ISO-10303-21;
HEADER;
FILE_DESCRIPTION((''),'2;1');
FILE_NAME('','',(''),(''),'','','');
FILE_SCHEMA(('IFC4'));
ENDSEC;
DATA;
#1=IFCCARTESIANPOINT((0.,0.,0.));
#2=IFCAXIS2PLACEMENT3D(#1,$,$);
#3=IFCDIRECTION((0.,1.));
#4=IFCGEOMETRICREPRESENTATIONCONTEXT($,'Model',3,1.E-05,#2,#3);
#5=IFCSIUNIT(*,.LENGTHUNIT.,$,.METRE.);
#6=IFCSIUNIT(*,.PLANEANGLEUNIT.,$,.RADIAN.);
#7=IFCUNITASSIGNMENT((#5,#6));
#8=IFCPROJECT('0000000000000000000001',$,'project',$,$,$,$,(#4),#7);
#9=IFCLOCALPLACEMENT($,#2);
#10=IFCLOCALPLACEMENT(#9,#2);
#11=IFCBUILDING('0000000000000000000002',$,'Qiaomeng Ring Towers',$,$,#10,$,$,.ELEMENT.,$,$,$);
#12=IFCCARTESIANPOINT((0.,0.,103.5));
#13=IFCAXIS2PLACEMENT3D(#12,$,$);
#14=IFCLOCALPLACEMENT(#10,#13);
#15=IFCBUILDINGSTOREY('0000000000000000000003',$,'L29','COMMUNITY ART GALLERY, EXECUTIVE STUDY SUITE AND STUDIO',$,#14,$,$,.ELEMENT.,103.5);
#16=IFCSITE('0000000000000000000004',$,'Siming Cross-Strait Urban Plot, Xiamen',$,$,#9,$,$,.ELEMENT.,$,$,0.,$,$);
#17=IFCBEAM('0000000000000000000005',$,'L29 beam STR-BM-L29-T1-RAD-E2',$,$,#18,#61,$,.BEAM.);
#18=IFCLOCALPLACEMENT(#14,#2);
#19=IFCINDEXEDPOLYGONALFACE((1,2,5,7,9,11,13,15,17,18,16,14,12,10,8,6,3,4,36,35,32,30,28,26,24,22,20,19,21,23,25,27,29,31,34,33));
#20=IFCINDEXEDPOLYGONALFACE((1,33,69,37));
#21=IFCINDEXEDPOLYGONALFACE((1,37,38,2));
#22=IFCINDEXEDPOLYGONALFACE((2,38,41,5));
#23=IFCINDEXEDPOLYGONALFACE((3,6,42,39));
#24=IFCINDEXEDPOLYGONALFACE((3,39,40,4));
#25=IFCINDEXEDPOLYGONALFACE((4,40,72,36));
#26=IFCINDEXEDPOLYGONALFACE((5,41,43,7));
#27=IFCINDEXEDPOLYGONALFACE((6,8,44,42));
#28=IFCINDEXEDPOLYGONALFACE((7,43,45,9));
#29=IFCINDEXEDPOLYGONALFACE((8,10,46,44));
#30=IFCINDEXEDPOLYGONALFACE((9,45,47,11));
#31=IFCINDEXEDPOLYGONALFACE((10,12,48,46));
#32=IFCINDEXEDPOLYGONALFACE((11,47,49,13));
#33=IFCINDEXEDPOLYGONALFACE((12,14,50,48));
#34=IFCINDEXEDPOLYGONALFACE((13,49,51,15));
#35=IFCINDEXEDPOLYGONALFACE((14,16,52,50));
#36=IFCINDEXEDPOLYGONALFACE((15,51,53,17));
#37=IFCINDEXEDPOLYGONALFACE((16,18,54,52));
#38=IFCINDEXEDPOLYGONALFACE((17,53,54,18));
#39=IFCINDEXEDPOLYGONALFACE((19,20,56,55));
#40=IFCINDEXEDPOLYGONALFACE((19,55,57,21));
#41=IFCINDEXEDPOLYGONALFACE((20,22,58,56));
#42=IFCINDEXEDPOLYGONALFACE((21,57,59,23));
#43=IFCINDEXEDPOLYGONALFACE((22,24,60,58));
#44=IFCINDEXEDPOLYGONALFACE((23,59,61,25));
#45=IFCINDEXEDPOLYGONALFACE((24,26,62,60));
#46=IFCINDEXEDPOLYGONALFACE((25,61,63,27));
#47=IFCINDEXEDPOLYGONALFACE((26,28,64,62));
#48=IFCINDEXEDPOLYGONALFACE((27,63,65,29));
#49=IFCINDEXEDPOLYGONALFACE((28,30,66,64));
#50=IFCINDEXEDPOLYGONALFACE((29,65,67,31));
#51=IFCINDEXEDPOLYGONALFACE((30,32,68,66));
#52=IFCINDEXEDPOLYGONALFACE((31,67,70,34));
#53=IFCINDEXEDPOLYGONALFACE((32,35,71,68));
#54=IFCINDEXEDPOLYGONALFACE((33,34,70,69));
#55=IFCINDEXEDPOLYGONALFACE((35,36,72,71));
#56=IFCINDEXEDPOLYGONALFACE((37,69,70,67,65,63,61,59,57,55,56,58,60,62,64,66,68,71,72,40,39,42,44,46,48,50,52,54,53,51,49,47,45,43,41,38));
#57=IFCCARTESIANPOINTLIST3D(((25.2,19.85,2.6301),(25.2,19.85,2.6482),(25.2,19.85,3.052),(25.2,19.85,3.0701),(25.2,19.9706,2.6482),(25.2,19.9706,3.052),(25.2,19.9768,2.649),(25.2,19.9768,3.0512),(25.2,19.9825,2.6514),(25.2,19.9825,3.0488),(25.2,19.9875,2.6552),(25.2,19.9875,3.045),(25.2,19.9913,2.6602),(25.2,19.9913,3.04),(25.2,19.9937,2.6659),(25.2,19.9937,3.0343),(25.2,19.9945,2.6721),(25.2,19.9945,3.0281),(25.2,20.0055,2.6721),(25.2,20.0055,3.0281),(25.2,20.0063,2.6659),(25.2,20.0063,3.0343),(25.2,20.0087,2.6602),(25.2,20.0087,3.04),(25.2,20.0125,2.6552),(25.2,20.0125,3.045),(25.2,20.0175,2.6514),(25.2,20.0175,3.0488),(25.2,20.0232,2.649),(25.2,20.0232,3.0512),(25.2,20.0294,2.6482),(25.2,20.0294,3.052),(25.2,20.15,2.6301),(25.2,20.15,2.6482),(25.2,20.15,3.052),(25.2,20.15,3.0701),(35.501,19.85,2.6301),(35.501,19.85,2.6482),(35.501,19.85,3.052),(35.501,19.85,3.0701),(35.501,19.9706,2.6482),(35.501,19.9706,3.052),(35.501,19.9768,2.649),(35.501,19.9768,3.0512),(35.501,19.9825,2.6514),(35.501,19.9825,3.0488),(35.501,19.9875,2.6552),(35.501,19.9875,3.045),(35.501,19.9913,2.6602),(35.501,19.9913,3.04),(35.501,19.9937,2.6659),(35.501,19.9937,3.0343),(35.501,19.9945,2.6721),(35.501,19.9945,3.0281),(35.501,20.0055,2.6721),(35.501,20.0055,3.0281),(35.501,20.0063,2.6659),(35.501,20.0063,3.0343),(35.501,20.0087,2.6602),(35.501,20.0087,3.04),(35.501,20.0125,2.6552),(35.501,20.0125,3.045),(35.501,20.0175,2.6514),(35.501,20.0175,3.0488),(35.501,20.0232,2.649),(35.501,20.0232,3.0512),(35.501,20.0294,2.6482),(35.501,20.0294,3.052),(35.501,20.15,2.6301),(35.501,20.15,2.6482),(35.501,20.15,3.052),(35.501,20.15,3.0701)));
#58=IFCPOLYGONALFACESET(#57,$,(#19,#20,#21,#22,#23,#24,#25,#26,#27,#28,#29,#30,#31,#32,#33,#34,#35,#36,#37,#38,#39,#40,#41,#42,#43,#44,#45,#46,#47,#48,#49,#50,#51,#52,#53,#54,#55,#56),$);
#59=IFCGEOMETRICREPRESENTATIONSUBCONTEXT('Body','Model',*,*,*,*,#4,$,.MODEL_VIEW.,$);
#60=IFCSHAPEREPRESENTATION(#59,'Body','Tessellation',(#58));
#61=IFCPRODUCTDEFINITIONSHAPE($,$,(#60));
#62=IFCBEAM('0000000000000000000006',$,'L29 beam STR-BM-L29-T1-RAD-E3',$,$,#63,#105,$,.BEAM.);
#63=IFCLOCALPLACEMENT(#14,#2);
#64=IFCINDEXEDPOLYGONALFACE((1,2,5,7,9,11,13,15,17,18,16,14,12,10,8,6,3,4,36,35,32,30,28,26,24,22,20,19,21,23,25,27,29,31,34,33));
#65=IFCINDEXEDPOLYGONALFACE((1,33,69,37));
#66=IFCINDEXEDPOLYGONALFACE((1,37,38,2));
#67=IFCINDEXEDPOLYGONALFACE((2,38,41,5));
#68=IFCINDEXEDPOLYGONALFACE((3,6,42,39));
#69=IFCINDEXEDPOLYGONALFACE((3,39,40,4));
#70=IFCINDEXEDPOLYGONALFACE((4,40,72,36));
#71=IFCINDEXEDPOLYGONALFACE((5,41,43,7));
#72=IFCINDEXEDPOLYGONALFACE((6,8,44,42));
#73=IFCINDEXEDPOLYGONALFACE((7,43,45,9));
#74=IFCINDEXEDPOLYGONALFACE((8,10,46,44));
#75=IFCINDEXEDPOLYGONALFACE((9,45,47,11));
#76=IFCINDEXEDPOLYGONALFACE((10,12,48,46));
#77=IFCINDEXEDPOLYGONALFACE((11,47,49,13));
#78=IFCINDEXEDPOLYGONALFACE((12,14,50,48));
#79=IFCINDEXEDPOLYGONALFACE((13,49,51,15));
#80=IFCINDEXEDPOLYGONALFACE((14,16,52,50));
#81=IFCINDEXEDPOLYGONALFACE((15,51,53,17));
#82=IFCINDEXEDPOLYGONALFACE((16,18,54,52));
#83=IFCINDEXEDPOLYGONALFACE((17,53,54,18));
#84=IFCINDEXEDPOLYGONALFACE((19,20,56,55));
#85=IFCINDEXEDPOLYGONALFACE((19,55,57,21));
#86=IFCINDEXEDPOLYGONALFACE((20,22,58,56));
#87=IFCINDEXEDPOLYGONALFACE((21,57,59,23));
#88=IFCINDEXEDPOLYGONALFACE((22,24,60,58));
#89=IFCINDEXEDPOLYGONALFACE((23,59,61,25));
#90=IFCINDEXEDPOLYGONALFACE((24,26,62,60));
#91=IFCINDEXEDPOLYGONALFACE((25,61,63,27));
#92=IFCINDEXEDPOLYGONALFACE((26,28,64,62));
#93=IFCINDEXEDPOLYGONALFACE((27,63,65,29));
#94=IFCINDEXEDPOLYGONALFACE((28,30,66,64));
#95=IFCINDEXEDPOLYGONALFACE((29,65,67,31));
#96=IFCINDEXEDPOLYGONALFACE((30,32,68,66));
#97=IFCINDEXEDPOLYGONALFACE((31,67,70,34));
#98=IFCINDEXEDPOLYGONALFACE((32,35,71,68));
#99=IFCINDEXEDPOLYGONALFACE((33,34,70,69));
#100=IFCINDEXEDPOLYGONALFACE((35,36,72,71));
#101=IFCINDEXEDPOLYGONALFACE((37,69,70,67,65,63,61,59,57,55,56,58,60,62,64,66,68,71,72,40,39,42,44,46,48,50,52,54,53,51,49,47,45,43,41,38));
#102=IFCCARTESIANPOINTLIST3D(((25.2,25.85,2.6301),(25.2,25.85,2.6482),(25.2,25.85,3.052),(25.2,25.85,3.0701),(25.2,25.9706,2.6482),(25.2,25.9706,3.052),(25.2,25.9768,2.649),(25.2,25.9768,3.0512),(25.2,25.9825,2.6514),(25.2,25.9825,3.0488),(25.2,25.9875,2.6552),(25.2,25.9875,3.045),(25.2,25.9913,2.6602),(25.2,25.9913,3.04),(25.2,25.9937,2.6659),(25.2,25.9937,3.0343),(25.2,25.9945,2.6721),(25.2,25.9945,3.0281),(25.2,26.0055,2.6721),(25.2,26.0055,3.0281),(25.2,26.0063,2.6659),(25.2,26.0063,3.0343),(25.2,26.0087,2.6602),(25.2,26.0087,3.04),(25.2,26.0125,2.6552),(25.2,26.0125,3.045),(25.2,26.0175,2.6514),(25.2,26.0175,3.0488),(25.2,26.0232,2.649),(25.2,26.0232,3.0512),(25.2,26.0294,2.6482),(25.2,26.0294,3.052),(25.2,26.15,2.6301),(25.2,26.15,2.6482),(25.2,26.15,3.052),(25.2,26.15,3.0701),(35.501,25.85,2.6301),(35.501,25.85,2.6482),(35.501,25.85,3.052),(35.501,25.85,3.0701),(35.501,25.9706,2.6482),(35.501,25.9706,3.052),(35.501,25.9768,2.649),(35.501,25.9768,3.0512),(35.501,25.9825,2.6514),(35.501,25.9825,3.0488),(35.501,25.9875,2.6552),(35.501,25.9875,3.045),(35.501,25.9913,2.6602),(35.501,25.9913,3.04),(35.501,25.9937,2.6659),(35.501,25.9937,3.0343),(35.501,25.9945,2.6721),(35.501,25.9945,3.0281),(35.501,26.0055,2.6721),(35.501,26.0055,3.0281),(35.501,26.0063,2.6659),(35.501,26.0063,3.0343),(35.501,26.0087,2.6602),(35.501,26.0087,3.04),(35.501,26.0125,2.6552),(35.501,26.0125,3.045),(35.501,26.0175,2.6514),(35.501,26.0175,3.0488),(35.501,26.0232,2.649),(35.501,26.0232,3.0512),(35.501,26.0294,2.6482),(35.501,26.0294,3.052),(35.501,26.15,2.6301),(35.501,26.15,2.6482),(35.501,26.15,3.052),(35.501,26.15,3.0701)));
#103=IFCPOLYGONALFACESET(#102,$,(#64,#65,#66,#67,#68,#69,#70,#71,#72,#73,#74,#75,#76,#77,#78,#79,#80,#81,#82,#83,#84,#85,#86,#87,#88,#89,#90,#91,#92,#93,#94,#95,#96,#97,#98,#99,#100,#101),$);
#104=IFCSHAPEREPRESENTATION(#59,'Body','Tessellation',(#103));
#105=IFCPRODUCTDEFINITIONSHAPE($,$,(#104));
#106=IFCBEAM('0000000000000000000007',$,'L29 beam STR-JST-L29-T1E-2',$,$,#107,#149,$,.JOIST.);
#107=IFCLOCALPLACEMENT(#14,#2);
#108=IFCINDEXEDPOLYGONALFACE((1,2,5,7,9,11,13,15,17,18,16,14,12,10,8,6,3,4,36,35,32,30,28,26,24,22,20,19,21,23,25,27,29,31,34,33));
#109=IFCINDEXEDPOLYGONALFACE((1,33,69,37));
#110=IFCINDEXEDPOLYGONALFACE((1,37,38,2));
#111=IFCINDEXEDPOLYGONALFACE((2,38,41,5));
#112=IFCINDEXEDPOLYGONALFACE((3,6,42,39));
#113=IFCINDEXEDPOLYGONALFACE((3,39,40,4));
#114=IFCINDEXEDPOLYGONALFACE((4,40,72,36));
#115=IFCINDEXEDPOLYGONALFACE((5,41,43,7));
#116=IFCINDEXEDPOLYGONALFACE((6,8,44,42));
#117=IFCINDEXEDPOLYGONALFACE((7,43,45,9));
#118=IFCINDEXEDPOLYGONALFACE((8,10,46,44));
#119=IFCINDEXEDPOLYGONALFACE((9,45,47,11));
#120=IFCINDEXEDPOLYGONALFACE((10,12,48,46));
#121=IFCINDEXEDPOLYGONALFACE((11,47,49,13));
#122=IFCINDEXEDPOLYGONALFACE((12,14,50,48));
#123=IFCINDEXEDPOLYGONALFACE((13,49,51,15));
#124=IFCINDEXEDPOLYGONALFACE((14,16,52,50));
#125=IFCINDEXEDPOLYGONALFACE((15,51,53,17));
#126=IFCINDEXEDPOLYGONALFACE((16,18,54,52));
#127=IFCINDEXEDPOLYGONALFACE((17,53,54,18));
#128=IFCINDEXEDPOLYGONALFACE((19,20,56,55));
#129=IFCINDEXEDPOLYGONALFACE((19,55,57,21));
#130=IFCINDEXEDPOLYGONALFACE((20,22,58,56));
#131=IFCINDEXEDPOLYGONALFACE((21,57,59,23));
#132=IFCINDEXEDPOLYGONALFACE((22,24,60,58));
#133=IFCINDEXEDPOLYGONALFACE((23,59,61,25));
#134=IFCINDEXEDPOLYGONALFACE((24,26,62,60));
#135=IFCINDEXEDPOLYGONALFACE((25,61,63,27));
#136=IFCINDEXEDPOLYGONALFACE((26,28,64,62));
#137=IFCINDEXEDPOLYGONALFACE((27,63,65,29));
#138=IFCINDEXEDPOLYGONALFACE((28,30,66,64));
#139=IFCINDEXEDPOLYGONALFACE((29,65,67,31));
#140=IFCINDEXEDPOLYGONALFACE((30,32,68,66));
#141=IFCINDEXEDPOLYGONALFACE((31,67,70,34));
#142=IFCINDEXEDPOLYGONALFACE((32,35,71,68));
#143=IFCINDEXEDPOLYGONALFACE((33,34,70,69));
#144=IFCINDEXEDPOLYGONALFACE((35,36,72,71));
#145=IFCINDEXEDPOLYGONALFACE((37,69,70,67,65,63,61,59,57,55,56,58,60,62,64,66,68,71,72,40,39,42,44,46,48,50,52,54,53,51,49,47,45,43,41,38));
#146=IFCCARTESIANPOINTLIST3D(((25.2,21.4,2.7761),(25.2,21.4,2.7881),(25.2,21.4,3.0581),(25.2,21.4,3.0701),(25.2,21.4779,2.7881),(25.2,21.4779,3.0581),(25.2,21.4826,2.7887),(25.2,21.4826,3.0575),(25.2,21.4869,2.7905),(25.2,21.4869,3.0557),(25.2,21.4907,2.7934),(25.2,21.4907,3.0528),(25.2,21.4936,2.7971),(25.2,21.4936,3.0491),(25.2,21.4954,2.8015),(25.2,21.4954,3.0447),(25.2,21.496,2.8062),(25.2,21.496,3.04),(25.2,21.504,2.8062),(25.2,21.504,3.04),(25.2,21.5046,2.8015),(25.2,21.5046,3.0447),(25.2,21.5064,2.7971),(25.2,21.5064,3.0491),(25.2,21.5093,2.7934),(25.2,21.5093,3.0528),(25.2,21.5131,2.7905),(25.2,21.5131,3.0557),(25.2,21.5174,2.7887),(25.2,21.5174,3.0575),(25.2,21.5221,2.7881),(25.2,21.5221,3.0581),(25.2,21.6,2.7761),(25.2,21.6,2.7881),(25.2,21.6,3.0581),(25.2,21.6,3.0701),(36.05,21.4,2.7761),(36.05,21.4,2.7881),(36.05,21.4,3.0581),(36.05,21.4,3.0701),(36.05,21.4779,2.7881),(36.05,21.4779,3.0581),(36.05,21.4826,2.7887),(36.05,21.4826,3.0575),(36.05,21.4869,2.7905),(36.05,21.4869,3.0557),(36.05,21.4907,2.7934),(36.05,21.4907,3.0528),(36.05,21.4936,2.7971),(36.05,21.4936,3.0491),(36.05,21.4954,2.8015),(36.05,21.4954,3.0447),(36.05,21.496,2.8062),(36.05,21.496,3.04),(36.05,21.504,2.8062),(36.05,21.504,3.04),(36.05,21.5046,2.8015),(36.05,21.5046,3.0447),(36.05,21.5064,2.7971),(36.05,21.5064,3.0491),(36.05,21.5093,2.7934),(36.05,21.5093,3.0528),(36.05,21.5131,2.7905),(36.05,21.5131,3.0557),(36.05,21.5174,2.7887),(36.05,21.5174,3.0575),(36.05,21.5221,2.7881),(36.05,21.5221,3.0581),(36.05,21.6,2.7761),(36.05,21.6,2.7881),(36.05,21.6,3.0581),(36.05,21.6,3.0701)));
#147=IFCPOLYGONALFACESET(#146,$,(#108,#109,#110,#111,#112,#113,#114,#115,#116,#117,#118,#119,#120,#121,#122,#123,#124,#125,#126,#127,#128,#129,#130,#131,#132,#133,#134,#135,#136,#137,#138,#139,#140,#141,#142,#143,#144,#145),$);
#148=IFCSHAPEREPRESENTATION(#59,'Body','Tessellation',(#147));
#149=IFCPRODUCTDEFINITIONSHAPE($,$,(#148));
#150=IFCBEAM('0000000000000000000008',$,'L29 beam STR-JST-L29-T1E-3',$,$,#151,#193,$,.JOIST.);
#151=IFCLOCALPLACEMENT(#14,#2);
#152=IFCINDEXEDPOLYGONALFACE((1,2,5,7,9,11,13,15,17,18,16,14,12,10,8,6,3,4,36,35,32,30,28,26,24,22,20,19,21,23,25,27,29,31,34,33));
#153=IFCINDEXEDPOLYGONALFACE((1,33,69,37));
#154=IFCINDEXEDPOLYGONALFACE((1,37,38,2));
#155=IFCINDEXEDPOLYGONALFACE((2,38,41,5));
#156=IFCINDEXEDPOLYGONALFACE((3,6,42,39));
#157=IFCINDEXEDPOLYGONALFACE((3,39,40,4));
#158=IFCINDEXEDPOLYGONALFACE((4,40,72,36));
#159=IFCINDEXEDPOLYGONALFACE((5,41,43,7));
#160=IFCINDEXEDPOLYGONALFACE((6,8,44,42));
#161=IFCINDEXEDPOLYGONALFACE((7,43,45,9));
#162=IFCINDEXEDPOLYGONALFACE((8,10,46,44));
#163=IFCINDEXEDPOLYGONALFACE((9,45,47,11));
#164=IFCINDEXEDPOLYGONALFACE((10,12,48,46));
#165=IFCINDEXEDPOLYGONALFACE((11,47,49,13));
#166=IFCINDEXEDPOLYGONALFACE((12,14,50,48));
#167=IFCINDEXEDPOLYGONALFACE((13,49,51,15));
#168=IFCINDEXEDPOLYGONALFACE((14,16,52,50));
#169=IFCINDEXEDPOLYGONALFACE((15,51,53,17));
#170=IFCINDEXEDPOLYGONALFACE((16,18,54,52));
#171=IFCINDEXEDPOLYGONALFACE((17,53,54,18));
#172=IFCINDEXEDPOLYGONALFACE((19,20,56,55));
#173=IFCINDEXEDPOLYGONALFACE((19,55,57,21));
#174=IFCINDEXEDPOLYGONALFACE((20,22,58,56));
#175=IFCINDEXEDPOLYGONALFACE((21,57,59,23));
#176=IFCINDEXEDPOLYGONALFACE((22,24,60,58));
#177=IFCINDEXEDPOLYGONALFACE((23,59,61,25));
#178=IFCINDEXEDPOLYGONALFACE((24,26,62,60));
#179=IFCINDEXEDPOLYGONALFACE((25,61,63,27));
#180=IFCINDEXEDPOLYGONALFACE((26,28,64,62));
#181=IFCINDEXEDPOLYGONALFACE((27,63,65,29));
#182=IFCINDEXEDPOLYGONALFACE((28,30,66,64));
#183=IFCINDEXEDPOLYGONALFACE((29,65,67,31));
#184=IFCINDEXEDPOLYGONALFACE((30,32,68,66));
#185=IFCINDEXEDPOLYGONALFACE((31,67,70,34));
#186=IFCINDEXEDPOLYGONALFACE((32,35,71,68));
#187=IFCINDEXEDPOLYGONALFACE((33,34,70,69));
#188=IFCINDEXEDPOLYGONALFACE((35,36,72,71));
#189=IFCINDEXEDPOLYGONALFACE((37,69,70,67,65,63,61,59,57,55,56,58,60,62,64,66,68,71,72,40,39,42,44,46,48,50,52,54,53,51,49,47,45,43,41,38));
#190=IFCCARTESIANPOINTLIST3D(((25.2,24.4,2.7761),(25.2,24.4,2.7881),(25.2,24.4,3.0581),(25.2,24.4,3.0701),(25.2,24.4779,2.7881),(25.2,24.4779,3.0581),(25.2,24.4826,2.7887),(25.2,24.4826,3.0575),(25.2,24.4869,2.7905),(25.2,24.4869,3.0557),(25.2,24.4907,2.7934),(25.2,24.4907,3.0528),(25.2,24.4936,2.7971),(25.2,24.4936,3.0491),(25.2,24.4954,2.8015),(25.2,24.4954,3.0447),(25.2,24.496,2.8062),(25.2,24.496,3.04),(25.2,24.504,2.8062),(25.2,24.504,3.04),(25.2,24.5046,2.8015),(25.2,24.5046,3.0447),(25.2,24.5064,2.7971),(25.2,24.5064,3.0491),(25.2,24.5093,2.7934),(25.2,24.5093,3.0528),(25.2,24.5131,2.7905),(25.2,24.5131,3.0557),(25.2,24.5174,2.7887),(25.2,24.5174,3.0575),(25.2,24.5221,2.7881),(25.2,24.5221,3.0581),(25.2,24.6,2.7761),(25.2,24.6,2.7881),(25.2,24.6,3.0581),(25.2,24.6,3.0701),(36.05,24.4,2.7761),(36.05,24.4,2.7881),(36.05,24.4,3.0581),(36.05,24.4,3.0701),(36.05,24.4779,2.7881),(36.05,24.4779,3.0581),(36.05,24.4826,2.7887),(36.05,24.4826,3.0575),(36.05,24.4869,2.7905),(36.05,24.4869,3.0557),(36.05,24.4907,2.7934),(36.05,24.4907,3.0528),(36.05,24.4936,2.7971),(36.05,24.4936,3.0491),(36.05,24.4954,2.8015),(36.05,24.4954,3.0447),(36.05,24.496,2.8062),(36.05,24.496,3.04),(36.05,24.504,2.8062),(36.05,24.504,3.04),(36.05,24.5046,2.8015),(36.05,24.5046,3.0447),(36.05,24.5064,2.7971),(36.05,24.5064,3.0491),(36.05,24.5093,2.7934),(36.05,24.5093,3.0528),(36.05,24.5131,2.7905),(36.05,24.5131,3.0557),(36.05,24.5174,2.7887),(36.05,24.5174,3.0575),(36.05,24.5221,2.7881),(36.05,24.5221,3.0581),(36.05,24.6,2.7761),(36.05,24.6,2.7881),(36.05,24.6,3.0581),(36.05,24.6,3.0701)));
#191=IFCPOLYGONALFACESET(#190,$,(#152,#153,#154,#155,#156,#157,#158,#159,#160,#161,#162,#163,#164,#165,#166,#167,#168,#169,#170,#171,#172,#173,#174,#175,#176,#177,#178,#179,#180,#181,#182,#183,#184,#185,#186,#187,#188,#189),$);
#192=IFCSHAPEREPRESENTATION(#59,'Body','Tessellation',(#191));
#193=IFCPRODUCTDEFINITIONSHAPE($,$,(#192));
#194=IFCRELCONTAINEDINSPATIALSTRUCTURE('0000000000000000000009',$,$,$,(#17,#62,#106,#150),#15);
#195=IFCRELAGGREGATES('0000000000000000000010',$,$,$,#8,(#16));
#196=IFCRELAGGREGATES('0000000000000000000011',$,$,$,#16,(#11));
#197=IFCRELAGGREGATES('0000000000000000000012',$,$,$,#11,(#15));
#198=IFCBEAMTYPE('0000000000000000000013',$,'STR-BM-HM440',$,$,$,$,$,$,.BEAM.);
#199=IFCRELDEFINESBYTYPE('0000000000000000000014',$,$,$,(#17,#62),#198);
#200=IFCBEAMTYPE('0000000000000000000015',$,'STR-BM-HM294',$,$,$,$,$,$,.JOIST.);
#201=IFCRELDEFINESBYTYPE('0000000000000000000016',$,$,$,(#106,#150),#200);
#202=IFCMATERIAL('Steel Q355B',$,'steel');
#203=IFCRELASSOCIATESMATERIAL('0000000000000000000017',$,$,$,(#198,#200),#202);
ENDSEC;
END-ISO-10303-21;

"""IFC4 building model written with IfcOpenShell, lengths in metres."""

from ifc_helpers import new_model, si_unit, direction, frame, origin, origin_2d, place, context, subcontext, project, spatial, i_section, extrude, source, transform, mapped, material, material_profile, profile_set, type_object, element, save


model = new_model("IFC4")

# Units and contexts
model_context = context("Model", 3, precision=1e-05, world=origin(), true_north=direction((0.0, 1.0)))
body_context = subcontext(model_context, "Body", "Model", "MODEL_VIEW")
ifc_project = project(units=[si_unit("LENGTHUNIT", "METRE"), si_unit("PLANEANGLEUNIT", "RADIAN")], contexts=[model_context])

# Site, building, storey
site_placement = place(None, origin())
site = spatial("IfcSite", under=ifc_project, at=site_placement, Name="Siming Cross-Strait Urban Plot, Xiamen", CompositionType="ELEMENT", RefElevation=0.0)
building_placement = place(site_placement, origin())
building = spatial("IfcBuilding", under=site, at=building_placement, Name="Qiaomeng Ring Towers", CompositionType="ELEMENT")
storey_placement = place(building_placement, frame((0.0, 0.0, 103.5)))
storey = spatial("IfcBuildingStorey", under=building, at=storey_placement, Name="L29", Description="COMMUNITY ART GALLERY, EXECUTIVE STUDY SUITE AND STUDIO", CompositionType="ELEMENT", Elevation=103.5)

# Beams
ifc_material_1 = material(Name="Steel Q355B", Category="steel")
ifc_material_profile_1 = material_profile(ifc_material_1, i_section(OverallWidth=0.3, OverallDepth=0.4399, WebThickness=0.011, FlangeThickness=0.0181, FilletRadius=0.0239, at=origin_2d()), Name="HM 440x300x11x18")
ifc_profile_set_1 = profile_set([ifc_material_profile_1], Name="Steel Q355B")
beam_type_1 = type_object("IfcBeamType", Name="STR-BM-HM440", PredefinedType="BEAM", material=ifc_profile_set_1)
shared_shape_1 = source(origin(), body_context, "Body", "SweptSolid", [
    extrude(i_section(OverallWidth=0.3, OverallDepth=0.4399, WebThickness=0.011, FlangeThickness=0.0181, FilletRadius=0.0239, at=origin_2d()), origin(), (0.0, 0.0, 1.0), 10.301),
])
for number, where, z_axis, x_axis, name in (
    (1, (25.2, 20.0, 2.8501), (1.0, 0.0, 0.0), (0.0, 1.0, 0.0), "L29 beam STR-BM-L29-T1-RAD-E2"),
    (2, (25.2, 26.0, 2.8501), (1.0, 0.0, 0.0), (0.0, 1.0, 0.0), "L29 beam STR-BM-L29-T1-RAD-E3"),
):
    element("IfcBeam", number, at=place(storey_placement, frame(where, z_axis=z_axis, x_axis=x_axis)), inside=storey, type_object=beam_type_1, Name=name, PredefinedType="BEAM", context=body_context, shape_type="MappedRepresentation", body=[
        mapped(shared_shape_1, transform((0.0, 0.0, 0.0), x_axis=(1.0, 0.0, 0.0), y_axis=(0.0, 1.0, 0.0), z_axis=(0.0, 0.0, 1.0), scale=1.0)),
    ])
ifc_material_profile_2 = material_profile(ifc_material_1, i_section(OverallWidth=0.2, OverallDepth=0.2939, WebThickness=0.0081, FlangeThickness=0.012, FilletRadius=0.0181, at=origin_2d()), Name="HM 294x200x8x12")
ifc_profile_set_2 = profile_set([ifc_material_profile_2], Name="Steel Q355B")
beam_type_2 = type_object("IfcBeamType", Name="STR-BM-HM294", PredefinedType="JOIST", material=ifc_profile_set_2)
shared_shape_2 = source(origin(), body_context, "Body", "SweptSolid", [
    extrude(i_section(OverallWidth=0.2, OverallDepth=0.2939, WebThickness=0.0081, FlangeThickness=0.012, FilletRadius=0.0181, at=origin_2d()), origin(), (0.0, 0.0, 1.0), 10.8501),
])
for number, where, z_axis, x_axis, name in (
    (3, (25.2, 21.5, 2.9231), (1.0, 0.0, 0.0), (0.0, 1.0, 0.0), "L29 beam STR-JST-L29-T1E-2"),
    (4, (25.2, 24.5, 2.9231), (1.0, 0.0, 0.0), (0.0, 1.0, 0.0), "L29 beam STR-JST-L29-T1E-3"),
):
    element("IfcBeam", number, at=place(storey_placement, frame(where, z_axis=z_axis, x_axis=x_axis)), inside=storey, type_object=beam_type_2, Name=name, PredefinedType="JOIST", context=body_context, shape_type="MappedRepresentation", body=[
        mapped(shared_shape_2, transform((0.0, 0.0, 0.0), x_axis=(1.0, 0.0, 0.0), y_axis=(0.0, 1.0, 0.0), z_axis=(0.0, 0.0, 1.0), scale=1.0)),
    ])

save(model, "model.ifc")
